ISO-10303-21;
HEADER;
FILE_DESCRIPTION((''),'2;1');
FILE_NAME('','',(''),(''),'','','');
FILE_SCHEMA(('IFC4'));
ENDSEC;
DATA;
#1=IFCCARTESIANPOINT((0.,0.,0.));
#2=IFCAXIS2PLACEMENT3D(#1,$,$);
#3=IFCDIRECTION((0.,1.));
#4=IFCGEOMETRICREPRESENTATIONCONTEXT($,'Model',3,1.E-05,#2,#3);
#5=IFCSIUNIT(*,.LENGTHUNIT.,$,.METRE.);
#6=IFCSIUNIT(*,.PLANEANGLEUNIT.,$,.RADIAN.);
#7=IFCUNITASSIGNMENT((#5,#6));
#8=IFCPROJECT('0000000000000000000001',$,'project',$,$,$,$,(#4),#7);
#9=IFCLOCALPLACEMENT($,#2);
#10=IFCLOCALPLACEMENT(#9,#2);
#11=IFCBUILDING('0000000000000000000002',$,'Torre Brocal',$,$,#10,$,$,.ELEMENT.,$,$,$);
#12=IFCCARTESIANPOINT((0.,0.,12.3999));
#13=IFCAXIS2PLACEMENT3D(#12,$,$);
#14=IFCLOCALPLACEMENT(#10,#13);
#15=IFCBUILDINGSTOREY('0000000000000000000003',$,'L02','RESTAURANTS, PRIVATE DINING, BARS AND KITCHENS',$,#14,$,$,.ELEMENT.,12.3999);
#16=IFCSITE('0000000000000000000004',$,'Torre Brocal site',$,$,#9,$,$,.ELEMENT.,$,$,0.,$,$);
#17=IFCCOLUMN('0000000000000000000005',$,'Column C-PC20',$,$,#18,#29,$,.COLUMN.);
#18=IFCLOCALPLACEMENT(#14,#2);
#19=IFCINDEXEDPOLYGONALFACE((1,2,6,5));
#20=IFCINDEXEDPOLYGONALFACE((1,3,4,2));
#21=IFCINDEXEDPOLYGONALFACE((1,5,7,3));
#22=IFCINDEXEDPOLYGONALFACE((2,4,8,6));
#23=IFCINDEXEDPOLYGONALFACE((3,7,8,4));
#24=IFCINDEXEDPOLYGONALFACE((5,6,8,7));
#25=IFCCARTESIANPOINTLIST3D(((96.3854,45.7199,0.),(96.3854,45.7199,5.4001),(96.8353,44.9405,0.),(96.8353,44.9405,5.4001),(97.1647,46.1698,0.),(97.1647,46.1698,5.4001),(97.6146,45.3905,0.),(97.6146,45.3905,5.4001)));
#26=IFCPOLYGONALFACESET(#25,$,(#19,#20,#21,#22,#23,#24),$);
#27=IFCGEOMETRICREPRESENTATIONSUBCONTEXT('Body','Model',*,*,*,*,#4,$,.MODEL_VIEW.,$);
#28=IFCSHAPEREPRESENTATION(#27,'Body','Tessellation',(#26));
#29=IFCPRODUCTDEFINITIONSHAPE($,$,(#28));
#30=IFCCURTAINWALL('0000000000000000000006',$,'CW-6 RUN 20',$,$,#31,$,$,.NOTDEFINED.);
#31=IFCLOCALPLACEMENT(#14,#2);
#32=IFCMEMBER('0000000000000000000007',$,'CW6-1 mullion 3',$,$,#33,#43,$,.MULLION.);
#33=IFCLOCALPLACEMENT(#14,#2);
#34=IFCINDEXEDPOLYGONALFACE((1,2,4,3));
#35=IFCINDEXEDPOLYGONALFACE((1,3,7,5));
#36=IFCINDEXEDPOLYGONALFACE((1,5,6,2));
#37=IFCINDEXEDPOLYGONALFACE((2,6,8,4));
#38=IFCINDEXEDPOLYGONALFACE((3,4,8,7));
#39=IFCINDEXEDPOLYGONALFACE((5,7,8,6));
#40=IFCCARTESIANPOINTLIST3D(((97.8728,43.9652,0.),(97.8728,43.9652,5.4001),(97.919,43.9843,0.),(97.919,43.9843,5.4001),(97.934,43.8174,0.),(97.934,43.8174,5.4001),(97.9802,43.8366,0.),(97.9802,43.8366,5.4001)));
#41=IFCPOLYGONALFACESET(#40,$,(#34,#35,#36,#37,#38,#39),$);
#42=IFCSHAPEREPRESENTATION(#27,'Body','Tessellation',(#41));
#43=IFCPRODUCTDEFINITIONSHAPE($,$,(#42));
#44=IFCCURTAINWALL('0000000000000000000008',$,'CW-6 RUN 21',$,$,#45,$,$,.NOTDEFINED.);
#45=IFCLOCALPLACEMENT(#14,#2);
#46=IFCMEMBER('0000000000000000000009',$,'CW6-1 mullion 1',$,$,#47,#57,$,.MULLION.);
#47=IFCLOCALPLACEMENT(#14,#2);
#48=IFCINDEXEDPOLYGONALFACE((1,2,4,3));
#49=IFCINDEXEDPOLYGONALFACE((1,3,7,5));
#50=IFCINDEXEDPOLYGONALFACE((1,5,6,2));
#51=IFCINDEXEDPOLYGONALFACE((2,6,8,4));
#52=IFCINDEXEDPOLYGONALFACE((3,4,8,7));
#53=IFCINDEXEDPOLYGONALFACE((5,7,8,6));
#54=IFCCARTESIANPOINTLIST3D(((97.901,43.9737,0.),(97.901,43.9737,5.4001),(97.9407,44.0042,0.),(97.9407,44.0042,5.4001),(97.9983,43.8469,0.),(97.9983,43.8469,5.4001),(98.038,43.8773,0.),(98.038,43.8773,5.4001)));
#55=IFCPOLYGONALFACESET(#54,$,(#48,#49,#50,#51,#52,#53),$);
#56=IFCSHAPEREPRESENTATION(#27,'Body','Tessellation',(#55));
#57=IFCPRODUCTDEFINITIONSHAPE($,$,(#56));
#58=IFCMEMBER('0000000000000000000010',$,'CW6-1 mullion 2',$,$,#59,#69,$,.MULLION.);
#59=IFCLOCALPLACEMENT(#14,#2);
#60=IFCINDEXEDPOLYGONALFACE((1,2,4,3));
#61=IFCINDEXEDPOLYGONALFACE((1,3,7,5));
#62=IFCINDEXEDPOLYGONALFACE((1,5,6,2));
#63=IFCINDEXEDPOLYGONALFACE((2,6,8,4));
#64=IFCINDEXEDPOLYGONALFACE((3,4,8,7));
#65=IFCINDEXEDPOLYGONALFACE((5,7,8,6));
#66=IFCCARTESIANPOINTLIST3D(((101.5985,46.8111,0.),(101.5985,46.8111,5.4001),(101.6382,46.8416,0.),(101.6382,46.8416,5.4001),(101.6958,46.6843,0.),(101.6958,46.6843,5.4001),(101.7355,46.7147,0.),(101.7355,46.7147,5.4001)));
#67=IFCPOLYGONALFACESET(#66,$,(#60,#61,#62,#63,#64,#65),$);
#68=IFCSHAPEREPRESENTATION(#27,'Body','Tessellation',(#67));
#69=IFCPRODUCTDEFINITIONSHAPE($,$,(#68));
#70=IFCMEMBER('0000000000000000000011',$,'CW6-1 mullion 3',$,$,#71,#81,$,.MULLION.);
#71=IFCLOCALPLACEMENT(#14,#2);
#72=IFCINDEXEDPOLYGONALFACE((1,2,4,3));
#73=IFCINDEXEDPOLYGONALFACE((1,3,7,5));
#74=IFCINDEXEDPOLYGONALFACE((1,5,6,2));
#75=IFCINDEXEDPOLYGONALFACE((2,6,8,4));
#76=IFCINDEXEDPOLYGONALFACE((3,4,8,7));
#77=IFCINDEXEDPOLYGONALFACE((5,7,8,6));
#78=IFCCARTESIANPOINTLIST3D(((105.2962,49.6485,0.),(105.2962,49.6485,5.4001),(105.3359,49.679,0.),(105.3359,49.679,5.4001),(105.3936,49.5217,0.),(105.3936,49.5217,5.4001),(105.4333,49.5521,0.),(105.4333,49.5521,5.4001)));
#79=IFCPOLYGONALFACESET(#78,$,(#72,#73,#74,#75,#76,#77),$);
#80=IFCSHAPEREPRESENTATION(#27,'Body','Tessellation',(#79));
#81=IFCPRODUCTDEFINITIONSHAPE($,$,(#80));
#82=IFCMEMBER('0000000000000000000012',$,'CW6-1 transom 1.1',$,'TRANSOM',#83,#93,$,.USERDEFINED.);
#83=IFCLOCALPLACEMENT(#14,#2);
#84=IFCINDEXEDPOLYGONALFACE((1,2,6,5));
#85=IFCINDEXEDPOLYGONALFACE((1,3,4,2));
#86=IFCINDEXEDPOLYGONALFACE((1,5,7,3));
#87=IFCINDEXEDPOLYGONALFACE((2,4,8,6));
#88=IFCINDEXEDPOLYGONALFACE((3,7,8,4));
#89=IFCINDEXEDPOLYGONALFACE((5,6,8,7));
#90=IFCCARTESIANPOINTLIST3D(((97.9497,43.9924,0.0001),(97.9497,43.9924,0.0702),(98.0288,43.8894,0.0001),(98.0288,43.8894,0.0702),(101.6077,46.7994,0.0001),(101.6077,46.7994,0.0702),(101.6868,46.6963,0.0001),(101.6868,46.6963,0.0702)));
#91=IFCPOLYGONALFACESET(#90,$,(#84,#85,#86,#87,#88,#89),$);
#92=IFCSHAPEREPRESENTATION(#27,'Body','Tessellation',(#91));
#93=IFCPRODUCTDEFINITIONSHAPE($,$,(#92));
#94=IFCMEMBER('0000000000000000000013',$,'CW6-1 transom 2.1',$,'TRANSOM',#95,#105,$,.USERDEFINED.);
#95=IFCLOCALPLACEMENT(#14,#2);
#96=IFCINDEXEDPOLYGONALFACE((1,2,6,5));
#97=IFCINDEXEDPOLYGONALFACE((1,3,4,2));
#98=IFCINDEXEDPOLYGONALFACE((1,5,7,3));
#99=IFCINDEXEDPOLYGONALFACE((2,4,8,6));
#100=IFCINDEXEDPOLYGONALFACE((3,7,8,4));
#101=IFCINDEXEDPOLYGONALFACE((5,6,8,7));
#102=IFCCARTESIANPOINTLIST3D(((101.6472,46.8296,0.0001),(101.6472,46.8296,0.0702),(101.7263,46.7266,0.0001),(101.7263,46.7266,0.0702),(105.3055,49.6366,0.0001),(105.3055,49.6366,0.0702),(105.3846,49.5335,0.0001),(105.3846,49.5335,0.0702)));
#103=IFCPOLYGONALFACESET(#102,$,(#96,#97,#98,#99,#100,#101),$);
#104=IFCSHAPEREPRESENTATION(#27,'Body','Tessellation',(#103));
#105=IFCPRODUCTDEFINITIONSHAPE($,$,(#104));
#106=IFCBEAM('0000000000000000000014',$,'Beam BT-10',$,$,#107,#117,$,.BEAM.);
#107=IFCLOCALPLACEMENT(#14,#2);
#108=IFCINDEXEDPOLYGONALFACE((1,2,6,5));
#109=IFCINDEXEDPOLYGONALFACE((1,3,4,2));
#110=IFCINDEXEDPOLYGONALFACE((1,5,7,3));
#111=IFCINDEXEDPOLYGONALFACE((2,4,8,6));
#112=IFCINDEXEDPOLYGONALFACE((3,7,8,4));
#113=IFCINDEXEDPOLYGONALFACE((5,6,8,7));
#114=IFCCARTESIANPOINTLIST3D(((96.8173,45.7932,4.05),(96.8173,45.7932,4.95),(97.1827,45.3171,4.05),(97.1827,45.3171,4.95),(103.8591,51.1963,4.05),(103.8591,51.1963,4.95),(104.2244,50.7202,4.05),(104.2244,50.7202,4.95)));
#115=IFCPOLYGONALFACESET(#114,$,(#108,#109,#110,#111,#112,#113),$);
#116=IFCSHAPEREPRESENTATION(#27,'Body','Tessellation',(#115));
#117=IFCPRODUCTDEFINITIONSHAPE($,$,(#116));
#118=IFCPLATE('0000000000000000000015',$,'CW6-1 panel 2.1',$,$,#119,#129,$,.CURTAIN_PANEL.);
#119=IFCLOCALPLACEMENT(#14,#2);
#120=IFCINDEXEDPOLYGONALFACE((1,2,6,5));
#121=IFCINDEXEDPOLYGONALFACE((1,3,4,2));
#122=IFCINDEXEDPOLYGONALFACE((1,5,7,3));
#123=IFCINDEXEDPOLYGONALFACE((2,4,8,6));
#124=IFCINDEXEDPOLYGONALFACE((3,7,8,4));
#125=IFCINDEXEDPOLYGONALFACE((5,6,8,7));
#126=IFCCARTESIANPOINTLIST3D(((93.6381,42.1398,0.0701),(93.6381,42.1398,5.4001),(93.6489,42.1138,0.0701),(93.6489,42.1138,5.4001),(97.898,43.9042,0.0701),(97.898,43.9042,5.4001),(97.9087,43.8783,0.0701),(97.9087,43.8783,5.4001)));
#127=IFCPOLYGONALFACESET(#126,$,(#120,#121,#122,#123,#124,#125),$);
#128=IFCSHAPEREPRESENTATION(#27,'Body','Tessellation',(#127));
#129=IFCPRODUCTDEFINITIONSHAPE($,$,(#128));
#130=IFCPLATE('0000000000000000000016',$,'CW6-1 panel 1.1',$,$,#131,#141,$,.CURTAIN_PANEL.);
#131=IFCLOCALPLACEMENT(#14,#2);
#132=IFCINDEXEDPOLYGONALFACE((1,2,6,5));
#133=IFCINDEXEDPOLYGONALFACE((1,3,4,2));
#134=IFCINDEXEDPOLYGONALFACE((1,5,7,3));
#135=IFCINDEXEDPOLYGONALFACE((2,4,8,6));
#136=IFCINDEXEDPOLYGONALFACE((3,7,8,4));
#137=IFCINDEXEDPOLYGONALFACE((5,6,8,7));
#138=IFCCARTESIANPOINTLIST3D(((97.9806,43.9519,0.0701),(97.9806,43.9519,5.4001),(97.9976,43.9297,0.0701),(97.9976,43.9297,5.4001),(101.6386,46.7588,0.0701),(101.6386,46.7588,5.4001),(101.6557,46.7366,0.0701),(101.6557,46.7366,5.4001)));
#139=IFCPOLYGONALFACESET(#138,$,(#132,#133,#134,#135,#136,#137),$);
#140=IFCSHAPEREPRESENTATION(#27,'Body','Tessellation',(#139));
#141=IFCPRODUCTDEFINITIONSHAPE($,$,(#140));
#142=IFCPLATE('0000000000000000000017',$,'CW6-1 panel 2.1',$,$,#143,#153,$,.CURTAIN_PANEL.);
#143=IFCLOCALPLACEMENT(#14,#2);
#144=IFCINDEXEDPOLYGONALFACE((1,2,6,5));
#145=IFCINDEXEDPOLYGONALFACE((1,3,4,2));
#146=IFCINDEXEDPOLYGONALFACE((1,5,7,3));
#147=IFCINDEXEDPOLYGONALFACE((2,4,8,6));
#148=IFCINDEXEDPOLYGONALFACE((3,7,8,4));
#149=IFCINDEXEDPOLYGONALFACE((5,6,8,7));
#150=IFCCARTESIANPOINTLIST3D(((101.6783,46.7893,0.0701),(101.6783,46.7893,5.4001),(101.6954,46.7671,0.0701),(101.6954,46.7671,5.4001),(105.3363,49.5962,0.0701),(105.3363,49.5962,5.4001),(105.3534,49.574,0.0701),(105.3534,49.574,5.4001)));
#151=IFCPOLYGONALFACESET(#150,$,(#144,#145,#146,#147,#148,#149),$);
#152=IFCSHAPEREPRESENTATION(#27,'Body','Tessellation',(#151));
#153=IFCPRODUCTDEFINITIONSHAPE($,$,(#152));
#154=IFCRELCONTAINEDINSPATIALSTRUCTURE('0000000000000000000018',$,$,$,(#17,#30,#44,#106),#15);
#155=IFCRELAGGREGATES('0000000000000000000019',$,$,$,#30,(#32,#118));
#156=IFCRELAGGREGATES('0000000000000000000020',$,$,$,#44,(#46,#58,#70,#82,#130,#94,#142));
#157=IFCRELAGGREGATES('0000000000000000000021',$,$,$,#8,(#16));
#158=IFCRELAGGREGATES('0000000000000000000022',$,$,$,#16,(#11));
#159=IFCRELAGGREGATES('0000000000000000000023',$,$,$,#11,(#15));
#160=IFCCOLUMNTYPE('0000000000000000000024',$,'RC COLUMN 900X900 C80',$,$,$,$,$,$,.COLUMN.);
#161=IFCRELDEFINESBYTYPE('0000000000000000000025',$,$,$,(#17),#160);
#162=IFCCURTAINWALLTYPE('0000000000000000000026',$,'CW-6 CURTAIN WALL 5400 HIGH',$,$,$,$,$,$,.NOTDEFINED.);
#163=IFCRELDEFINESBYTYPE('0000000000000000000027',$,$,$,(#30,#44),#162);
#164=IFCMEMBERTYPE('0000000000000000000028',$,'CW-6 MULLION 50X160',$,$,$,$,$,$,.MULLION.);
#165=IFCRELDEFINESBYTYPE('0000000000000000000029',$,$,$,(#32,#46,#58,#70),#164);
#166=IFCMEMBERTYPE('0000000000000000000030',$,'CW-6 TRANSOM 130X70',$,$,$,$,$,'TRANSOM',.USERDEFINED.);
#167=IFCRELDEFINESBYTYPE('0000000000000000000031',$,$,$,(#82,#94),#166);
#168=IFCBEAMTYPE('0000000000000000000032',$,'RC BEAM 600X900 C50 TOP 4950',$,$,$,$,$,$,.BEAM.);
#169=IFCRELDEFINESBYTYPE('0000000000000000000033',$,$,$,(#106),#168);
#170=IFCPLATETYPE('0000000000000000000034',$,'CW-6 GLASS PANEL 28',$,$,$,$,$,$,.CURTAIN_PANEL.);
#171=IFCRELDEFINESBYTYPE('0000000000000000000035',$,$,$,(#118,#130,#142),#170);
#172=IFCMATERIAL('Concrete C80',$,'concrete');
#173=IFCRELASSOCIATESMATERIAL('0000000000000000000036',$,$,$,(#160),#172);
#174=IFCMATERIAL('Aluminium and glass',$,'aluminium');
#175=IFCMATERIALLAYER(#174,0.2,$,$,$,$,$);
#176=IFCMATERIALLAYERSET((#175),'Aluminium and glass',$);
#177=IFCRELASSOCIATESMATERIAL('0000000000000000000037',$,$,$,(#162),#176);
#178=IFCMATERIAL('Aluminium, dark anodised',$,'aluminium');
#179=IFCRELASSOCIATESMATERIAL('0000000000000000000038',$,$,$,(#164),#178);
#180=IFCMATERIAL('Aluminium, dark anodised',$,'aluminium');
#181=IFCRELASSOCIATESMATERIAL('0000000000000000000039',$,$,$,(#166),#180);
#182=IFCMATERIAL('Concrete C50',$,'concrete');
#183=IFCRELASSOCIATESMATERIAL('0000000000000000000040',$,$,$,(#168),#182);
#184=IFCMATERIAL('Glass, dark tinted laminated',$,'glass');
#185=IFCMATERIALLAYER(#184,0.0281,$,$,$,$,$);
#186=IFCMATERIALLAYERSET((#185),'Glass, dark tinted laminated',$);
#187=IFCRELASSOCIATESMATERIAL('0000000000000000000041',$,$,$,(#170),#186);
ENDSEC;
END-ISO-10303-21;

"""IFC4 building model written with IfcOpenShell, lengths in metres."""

from ifc_helpers import new_model, si_unit, direction, frame, origin, origin_2d, place, context, subcontext, project, spatial, rectangle, extrude, material, layer, layer_set, material_profile, profile_set, type_object, element, aggregate, save


model = new_model("IFC4")

# Units and contexts
model_context = context("Model", 3, precision=1e-05, world=origin(), true_north=direction((0.0, 1.0)))
body_context = subcontext(model_context, "Body", "Model", "MODEL_VIEW")
ifc_project = project(units=[si_unit("LENGTHUNIT", "METRE"), si_unit("PLANEANGLEUNIT", "RADIAN")], contexts=[model_context])

# Site, building, storey
site_placement = place(None, origin())
site = spatial("IfcSite", under=ifc_project, at=site_placement, Name="Torre Brocal site", CompositionType="ELEMENT", RefElevation=0.0)
building_placement = place(site_placement, origin())
building = spatial("IfcBuilding", under=site, at=building_placement, Name="Torre Brocal", CompositionType="ELEMENT")
storey_placement = place(building_placement, frame((0.0, 0.0, 12.3999)))
storey = spatial("IfcBuildingStorey", under=building, at=storey_placement, Name="L02", Description="RESTAURANTS, PRIVATE DINING, BARS AND KITCHENS", CompositionType="ELEMENT", Elevation=12.3999)

# Column
ifc_material_1 = material(Name="Concrete C80", Category="concrete")
ifc_material_profile_1 = material_profile(ifc_material_1, rectangle(XDim=0.8999, YDim=0.8999, at=origin_2d()), Name="RC 900X900")
ifc_profile_set_1 = profile_set([ifc_material_profile_1], Name="Concrete C80")
column_type = type_object("IfcColumnType", Name="RC COLUMN 900X900 C80", PredefinedType="COLUMN", material=ifc_profile_set_1)
column_placement = place(storey_placement, frame((97.0, 45.5552, 0.0), z_axis=(0.0, 0.0, 1.0), x_axis=(0.5, -0.866025, 0.0)))
element("IfcColumn", 1, at=column_placement, inside=storey, type_object=column_type, Name="Column C-PC20", PredefinedType="COLUMN", context=body_context, shape_type="SweptSolid", body=[
    extrude(rectangle(XDim=0.8999, YDim=0.8999, at=origin_2d()), origin(), (0.0, 0.0, 1.0), 5.4001),
])

# Curtain wall, member
ifc_material_2 = material(Name="Aluminium and glass", Category="aluminium")
ifc_layer_1 = layer(ifc_material_2, 0.2)
ifc_layer_set_1 = layer_set([ifc_layer_1], Name="Aluminium and glass")
curtain_wall_type = type_object("IfcCurtainWallType", Name="CW-6 CURTAIN WALL 5400 HIGH", PredefinedType="NOTDEFINED", material=ifc_layer_set_1)
curtain_wall_1_placement = place(storey_placement, origin())
curtain_wall_1 = element("IfcCurtainWall", 2, at=curtain_wall_1_placement, inside=storey, type_object=curtain_wall_type, Name="CW-6 RUN 20", PredefinedType="NOTDEFINED")
ifc_material_3 = material(Name="Aluminium, dark anodised", Category="aluminium")
ifc_material_profile_2 = material_profile(ifc_material_3, rectangle(XDim=0.1599, YDim=0.05, at=origin_2d()), Name="CW-6 MULLION 50X160")
ifc_profile_set_2 = profile_set([ifc_material_profile_2], Name="Aluminium, dark anodised")
member_type_1 = type_object("IfcMemberType", Name="CW-6 MULLION 50X160", PredefinedType="MULLION", material=ifc_profile_set_2)
member_1_placement = place(storey_placement, frame((97.9265, 43.9009, 0.0), z_axis=(0.0, 0.0, 1.0), x_axis=(-0.382683, 0.92388, 0.0)))
member_1 = element("IfcMember", 3, at=member_1_placement, type_object=member_type_1, Name="CW6-1 mullion 3", PredefinedType="MULLION", context=body_context, shape_type="SweptSolid", body=[
    extrude(rectangle(XDim=0.1599, YDim=0.05, at=origin_2d()), origin(), (0.0, 0.0, 1.0), 5.4001),
])

# Curtain wall, members
curtain_wall_2_placement = place(storey_placement, origin())
curtain_wall_2 = element("IfcCurtainWall", 4, at=curtain_wall_2_placement, inside=storey, type_object=curtain_wall_type, Name="CW-6 RUN 21", PredefinedType="NOTDEFINED")
member_2_placement = place(storey_placement, frame((97.9695, 43.9255, 0.0), z_axis=(0.0, 0.0, 1.0), x_axis=(-0.608761, 0.793353, 0.0)))
member_2 = element("IfcMember", 5, at=member_2_placement, type_object=member_type_1, Name="CW6-1 mullion 1", PredefinedType="MULLION", context=body_context, shape_type="SweptSolid", body=[
    extrude(rectangle(XDim=0.1599, YDim=0.05, at=origin_2d()), origin(), (0.0, 0.0, 1.0), 5.4001),
])
member_3_placement = place(storey_placement, frame((101.667, 46.7629, 0.0), z_axis=(0.0, 0.0, 1.0), x_axis=(-0.608761, 0.793353, 0.0)))
member_3 = element("IfcMember", 6, at=member_3_placement, type_object=member_type_1, Name="CW6-1 mullion 2", PredefinedType="MULLION", context=body_context, shape_type="SweptSolid", body=[
    extrude(rectangle(XDim=0.1599, YDim=0.05, at=origin_2d()), origin(), (0.0, 0.0, 1.0), 5.4001),
])
member_4_placement = place(storey_placement, frame((105.3647, 49.6003, 0.0), z_axis=(0.0, 0.0, 1.0), x_axis=(-0.608761, 0.793353, 0.0)))
member_4 = element("IfcMember", 7, at=member_4_placement, type_object=member_type_1, Name="CW6-1 mullion 3", PredefinedType="MULLION", context=body_context, shape_type="SweptSolid", body=[
    extrude(rectangle(XDim=0.1599, YDim=0.05, at=origin_2d()), origin(), (0.0, 0.0, 1.0), 5.4001),
])
ifc_material_4 = material(Name="Aluminium, dark anodised", Category="aluminium")
ifc_material_profile_3 = material_profile(ifc_material_4, rectangle(XDim=0.1299, YDim=0.0701, at=origin_2d()), Name="CW-6 TRANSOM 130X70")
ifc_profile_set_3 = profile_set([ifc_material_profile_3], Name="Aluminium, dark anodised")
member_type_2 = type_object("IfcMemberType", Name="CW-6 TRANSOM 130X70", ElementType="TRANSOM", PredefinedType="USERDEFINED", material=ifc_profile_set_3)
member_5_placement = place(storey_placement, frame((97.9893, 43.9409, 0.0352), z_axis=(0.79335, 0.608766, 0.0), x_axis=(-0.608766, 0.79335, 0.0)))
member_5 = element("IfcMember", 8, at=member_5_placement, type_object=member_type_2, Name="CW6-1 transom 1.1", ObjectType="TRANSOM", PredefinedType="USERDEFINED", context=body_context, shape_type="SweptSolid", body=[
    extrude(rectangle(XDim=0.1299, YDim=0.0701, at=origin_2d()), origin(), (0.0, 0.0, 1.0), 4.6108),
])
member_6_placement = place(storey_placement, frame((101.6868, 46.7781, 0.0352), z_axis=(0.793369, 0.608741, 0.0), x_axis=(-0.608741, 0.793369, 0.0)))
member_6 = element("IfcMember", 9, at=member_6_placement, type_object=member_type_2, Name="CW6-1 transom 2.1", ObjectType="TRANSOM", PredefinedType="USERDEFINED", context=body_context, shape_type="SweptSolid", body=[
    extrude(rectangle(XDim=0.1299, YDim=0.0701, at=origin_2d()), origin(), (0.0, 0.0, 1.0), 4.6111),
])

# Beam
ifc_material_5 = material(Name="Concrete C50", Category="concrete")
ifc_material_profile_4 = material_profile(ifc_material_5, rectangle(XDim=0.6001, YDim=0.8999, at=origin_2d()), Name="RC 600X900")
ifc_profile_set_4 = profile_set([ifc_material_profile_4], Name="Concrete C50")
beam_type = type_object("IfcBeamType", Name="RC BEAM 600X900 C50 TOP 4950", PredefinedType="BEAM", material=ifc_profile_set_4)
beam_placement = place(storey_placement, frame((97.0, 45.5552, 4.5), z_axis=(0.793367, 0.608744, 0.0), x_axis=(-0.608744, 0.793367, 0.0)))
element("IfcBeam", 10, at=beam_placement, inside=storey, type_object=beam_type, Name="Beam BT-10", PredefinedType="BEAM", context=body_context, shape_type="SweptSolid", body=[
    extrude(rectangle(XDim=0.6001, YDim=0.8999, at=origin_2d()), origin(), (0.0, 0.0, 1.0), 8.8757),
])

# Plates
ifc_material_6 = material(Name="Glass, dark tinted laminated", Category="glass")
ifc_layer_2 = layer(ifc_material_6, 0.0281)
ifc_layer_set_2 = layer_set([ifc_layer_2], Name="Glass, dark tinted laminated")
plate_type = type_object("IfcPlateType", Name="CW-6 GLASS PANEL 28", PredefinedType="CURTAIN_PANEL", material=ifc_layer_set_2)
plate_1_placement = place(storey_placement, frame((95.7734, 43.009, 0.0701), z_axis=(0.0, 0.0, 1.0), x_axis=(0.92388, 0.382683, 0.0)))
plate_1 = element("IfcPlate", 11, at=plate_1_placement, type_object=plate_type, Name="CW6-1 panel 2.1", PredefinedType="CURTAIN_PANEL", context=body_context, shape_type="SweptSolid", body=[
    extrude(rectangle(XDim=4.6108, YDim=0.0281, at=origin_2d()), origin(), (0.0, 0.0, 1.0), 5.3301),
])
aggregate(curtain_wall_1, [member_1, plate_1])
plate_2_placement = place(storey_placement, frame((99.8181, 45.3442, 0.0701), z_axis=(0.0, 0.0, 1.0), x_axis=(0.793353, 0.608761, 0.0)))
plate_2 = element("IfcPlate", 12, at=plate_2_placement, type_object=plate_type, Name="CW6-1 panel 1.1", PredefinedType="CURTAIN_PANEL", context=body_context, shape_type="SweptSolid", body=[
    extrude(rectangle(XDim=4.6108, YDim=0.0281, at=origin_2d()), origin(), (0.0, 0.0, 1.0), 5.3301),
])
plate_3_placement = place(storey_placement, frame((103.5159, 48.1816, 0.0701), z_axis=(0.0, 0.0, 1.0), x_axis=(0.793353, 0.608761, 0.0)))
plate_3 = element("IfcPlate", 13, at=plate_3_placement, type_object=plate_type, Name="CW6-1 panel 2.1", PredefinedType="CURTAIN_PANEL", context=body_context, shape_type="SweptSolid", body=[
    extrude(rectangle(XDim=4.6108, YDim=0.0281, at=origin_2d()), origin(), (0.0, 0.0, 1.0), 5.3301),
])
aggregate(curtain_wall_2, [member_2, member_3, member_4, member_5, plate_2, member_6, plate_3])

save(model, "model.ifc")
